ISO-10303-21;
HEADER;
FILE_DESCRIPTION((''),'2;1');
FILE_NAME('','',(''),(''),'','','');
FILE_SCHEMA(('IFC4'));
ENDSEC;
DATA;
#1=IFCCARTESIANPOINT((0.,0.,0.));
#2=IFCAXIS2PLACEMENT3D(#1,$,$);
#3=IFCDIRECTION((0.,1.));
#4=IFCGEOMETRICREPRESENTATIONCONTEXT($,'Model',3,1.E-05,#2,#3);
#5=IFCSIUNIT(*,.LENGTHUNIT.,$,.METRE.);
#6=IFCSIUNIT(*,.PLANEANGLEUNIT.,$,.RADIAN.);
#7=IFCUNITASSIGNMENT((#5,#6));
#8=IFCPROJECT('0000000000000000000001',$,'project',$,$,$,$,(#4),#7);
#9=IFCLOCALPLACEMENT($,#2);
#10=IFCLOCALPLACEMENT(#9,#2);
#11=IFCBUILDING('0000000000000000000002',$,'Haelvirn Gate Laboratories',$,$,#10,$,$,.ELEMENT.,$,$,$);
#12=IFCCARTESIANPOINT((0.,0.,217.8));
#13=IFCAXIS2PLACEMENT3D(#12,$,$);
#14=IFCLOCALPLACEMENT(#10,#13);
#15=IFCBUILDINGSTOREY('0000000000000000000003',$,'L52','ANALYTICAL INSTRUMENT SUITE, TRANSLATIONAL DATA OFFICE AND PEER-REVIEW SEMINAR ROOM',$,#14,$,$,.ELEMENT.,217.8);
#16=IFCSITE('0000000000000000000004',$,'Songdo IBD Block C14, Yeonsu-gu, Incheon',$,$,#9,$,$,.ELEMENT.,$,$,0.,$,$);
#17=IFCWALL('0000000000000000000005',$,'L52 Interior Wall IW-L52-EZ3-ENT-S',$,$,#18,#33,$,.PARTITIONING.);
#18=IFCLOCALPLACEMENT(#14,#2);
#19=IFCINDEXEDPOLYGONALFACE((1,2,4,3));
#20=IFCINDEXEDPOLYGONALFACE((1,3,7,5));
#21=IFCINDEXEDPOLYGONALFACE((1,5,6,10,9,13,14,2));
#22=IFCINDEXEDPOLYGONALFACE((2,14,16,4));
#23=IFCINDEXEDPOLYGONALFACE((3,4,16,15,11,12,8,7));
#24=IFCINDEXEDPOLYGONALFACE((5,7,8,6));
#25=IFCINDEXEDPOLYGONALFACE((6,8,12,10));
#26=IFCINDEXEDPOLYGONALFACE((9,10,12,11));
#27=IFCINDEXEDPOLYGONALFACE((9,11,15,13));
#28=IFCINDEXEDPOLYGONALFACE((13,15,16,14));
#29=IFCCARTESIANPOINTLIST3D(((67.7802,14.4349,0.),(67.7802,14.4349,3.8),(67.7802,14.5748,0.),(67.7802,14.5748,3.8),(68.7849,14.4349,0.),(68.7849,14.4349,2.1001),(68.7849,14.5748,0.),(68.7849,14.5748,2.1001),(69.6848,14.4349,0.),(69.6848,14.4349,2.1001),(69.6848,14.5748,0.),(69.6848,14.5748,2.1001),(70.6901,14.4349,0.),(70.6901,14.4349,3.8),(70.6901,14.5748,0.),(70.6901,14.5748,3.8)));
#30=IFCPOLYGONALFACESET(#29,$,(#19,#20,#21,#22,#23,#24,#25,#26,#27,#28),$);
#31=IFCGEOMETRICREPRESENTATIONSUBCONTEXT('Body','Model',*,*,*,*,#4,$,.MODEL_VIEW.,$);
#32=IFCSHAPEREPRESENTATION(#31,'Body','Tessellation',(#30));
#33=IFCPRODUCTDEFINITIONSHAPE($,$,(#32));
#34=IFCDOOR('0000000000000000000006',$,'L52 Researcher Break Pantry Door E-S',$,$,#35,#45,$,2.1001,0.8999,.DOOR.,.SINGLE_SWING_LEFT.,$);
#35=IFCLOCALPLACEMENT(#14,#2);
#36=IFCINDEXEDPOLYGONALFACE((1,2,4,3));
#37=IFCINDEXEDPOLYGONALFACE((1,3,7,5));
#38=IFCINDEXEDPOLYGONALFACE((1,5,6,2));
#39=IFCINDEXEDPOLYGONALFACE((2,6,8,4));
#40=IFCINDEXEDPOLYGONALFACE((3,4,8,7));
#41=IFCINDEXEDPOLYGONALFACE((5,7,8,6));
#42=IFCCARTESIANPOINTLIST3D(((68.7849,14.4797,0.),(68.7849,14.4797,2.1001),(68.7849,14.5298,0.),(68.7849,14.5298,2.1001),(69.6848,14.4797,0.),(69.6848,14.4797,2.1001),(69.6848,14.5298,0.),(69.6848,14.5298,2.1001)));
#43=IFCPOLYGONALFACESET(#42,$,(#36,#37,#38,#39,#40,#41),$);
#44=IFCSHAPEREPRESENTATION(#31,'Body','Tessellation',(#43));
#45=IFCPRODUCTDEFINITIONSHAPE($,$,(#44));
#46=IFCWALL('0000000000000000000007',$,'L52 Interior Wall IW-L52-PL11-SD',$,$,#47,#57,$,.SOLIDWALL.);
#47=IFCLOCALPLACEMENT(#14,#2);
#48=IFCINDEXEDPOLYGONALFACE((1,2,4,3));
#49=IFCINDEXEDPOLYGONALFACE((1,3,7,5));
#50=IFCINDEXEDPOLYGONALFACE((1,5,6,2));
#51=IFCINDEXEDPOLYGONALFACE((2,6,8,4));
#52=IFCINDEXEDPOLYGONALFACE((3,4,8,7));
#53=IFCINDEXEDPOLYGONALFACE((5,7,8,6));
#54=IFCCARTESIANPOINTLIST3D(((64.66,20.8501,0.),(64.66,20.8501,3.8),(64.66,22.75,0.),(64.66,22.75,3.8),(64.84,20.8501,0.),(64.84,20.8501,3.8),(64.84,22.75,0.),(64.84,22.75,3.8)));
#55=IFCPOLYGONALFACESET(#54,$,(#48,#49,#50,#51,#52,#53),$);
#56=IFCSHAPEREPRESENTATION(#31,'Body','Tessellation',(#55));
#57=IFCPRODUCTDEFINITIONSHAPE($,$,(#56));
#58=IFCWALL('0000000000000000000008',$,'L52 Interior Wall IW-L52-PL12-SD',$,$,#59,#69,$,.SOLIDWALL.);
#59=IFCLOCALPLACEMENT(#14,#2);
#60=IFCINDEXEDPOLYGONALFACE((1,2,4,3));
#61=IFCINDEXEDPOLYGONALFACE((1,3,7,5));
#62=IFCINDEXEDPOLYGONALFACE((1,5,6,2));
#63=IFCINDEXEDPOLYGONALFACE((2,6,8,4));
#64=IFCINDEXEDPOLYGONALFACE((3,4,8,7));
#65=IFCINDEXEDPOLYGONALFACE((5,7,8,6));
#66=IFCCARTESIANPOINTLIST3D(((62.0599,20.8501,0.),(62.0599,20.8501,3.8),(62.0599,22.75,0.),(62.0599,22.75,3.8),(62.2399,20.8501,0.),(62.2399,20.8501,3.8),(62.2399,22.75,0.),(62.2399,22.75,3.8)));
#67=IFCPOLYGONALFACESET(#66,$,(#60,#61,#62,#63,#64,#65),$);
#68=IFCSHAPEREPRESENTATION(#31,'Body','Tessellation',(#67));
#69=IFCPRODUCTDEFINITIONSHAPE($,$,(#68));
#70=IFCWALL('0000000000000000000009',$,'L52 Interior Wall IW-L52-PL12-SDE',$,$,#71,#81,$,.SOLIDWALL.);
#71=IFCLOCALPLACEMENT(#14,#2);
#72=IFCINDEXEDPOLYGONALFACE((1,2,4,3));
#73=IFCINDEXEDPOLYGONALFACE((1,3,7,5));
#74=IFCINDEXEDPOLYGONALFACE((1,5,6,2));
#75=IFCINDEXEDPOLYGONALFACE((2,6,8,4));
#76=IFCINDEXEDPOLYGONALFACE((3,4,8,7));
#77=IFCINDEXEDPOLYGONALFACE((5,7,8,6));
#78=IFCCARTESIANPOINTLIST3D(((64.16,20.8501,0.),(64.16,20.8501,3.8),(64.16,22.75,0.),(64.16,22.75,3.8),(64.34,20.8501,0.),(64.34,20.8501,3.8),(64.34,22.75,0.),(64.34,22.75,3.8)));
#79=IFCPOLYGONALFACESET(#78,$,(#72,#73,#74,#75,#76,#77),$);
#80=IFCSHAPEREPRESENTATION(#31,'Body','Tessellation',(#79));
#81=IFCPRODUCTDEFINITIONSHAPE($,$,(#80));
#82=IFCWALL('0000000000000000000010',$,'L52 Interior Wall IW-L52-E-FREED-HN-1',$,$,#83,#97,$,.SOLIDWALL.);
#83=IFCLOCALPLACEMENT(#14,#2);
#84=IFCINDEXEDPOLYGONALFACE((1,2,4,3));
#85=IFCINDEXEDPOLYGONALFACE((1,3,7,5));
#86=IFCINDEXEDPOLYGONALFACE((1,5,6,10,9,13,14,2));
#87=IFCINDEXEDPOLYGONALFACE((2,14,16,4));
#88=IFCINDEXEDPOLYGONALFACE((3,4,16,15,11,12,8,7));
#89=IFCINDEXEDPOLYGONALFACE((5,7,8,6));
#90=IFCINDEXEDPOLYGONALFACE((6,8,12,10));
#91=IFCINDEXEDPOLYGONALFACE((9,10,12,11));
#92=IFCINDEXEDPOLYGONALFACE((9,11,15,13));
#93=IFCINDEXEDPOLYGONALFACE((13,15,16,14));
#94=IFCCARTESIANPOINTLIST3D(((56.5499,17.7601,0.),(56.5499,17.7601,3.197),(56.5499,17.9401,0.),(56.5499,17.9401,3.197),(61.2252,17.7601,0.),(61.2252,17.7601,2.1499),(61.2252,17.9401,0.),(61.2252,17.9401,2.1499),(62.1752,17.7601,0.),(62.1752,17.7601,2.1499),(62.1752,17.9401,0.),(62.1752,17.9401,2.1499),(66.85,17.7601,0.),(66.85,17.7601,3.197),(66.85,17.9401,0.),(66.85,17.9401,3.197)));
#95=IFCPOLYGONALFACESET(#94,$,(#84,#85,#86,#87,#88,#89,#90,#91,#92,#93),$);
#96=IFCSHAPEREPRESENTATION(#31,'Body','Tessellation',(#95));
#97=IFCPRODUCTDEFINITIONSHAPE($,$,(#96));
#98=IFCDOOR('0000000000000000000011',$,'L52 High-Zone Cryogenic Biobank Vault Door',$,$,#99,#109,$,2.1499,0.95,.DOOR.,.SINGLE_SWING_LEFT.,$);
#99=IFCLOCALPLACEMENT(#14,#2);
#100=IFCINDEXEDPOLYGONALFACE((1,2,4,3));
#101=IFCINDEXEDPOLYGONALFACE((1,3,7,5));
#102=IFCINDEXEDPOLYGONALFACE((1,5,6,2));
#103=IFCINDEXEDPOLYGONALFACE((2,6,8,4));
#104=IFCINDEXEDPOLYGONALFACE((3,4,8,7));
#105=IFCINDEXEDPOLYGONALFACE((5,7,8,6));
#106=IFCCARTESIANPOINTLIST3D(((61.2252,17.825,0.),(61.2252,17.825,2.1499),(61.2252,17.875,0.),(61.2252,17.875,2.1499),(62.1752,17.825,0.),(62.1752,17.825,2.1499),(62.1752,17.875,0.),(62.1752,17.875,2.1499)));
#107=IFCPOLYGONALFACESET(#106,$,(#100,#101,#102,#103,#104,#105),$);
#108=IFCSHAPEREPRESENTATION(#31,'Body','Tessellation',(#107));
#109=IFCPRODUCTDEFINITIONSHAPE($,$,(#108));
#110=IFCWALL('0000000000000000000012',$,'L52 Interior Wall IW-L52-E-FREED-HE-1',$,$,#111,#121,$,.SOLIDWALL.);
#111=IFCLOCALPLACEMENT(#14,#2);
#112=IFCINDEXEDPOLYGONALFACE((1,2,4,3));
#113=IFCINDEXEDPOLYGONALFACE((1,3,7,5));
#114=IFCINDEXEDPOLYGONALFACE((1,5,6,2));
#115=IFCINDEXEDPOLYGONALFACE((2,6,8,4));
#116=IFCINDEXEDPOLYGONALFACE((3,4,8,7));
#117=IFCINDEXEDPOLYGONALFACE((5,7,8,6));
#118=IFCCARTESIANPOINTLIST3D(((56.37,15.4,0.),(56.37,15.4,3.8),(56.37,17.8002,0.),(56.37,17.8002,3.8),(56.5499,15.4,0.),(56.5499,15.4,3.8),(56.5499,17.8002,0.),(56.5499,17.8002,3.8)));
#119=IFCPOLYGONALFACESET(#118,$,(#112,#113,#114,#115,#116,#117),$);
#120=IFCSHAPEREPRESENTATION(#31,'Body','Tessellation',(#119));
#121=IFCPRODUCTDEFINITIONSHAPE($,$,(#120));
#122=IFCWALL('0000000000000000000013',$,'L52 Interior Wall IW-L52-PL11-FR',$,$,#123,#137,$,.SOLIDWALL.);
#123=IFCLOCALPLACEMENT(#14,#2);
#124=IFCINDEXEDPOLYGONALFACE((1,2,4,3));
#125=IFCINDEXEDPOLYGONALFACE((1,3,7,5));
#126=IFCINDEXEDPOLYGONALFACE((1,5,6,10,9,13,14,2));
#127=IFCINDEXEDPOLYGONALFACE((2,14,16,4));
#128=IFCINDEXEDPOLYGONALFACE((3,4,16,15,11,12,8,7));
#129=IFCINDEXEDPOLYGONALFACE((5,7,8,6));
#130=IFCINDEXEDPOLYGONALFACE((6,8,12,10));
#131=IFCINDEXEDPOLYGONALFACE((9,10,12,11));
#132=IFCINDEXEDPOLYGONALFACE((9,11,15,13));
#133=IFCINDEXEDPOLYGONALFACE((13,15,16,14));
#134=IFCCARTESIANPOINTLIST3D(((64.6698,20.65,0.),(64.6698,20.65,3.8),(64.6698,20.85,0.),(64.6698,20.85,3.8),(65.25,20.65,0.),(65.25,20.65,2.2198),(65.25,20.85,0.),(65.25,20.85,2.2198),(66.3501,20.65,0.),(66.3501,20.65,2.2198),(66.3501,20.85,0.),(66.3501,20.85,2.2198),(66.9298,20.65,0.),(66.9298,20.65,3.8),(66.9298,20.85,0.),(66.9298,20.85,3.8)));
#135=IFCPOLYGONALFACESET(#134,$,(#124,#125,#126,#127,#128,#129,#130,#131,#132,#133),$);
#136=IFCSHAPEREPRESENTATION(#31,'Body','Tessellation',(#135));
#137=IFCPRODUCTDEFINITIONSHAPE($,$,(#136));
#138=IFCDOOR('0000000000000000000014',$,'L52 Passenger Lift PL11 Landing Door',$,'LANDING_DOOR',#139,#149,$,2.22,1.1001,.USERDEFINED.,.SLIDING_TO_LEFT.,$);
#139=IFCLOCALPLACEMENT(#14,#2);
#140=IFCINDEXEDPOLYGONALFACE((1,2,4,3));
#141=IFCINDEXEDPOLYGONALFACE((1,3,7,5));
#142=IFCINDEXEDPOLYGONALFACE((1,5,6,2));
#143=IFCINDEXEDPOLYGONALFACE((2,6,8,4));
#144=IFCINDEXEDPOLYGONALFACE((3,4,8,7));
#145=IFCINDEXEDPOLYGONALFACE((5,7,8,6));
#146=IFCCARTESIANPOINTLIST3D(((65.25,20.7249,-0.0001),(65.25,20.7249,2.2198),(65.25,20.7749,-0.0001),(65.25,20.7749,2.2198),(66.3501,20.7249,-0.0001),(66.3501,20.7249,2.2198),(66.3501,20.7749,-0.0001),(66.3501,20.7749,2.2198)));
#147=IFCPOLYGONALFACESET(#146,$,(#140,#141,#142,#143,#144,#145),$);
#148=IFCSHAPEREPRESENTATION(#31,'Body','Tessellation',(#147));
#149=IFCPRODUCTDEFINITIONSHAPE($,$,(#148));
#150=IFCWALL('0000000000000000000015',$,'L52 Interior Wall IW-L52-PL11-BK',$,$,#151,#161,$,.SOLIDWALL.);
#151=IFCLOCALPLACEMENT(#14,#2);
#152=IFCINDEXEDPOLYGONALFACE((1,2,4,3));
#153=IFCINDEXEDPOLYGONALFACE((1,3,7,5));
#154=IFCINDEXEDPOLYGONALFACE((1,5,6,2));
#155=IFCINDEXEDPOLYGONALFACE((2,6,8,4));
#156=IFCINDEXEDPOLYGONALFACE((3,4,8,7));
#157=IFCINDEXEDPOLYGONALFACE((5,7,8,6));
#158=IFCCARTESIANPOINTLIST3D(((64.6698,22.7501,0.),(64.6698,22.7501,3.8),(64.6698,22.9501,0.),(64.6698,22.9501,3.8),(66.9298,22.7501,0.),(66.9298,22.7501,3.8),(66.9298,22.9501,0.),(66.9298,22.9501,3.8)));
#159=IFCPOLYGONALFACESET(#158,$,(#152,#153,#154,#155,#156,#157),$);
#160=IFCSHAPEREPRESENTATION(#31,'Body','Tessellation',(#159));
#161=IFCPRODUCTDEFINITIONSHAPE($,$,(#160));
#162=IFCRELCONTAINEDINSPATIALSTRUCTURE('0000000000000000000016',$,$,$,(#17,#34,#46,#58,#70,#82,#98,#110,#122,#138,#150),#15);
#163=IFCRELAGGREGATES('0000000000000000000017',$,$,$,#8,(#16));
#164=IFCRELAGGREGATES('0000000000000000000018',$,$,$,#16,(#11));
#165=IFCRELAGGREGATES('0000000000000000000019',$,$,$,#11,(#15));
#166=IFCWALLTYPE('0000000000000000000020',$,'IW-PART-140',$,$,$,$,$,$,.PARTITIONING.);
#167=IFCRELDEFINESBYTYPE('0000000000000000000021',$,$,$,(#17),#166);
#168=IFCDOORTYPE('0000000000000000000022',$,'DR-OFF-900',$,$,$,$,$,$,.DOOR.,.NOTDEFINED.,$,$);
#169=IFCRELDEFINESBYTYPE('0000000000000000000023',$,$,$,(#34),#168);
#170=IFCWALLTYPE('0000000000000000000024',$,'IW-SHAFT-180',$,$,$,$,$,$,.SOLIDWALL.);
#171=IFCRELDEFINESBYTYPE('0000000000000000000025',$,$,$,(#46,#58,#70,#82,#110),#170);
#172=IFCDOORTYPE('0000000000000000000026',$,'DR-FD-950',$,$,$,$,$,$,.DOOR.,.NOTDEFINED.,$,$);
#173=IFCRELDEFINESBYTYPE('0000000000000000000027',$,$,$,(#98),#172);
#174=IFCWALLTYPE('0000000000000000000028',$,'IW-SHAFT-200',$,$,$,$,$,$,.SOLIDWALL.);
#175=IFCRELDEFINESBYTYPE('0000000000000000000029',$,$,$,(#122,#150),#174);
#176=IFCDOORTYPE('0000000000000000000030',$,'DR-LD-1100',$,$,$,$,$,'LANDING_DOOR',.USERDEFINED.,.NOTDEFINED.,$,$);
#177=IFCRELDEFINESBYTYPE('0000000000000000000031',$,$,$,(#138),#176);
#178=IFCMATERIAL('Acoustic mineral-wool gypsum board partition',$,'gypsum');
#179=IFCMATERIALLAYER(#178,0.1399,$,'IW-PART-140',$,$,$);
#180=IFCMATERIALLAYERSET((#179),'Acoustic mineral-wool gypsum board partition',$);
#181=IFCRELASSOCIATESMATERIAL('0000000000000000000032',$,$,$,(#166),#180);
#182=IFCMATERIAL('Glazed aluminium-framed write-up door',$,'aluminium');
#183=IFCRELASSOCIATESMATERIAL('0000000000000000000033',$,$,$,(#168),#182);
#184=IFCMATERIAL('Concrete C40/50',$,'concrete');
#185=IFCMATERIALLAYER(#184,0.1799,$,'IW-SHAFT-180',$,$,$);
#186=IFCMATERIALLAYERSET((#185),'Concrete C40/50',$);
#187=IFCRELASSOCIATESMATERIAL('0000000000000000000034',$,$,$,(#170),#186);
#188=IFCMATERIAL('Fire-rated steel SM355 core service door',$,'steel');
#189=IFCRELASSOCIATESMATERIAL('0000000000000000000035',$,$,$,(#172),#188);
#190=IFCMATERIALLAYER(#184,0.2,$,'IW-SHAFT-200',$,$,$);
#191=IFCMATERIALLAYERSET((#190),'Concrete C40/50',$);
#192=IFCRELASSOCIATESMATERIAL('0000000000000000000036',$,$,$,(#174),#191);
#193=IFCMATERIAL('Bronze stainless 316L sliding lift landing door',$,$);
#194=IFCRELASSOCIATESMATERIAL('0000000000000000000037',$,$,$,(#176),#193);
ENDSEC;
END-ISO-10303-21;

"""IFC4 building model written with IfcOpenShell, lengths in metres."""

from ifc_helpers import new_model, si_unit, direction, frame, frame_2d, origin, place, context, subcontext, project, spatial, rectangle, extrude, source, transform, mapped, material, layer, layer_set, type_object, type_shapes, element, fill, save


model = new_model("IFC4")

# Units and contexts
model_context = context("Model", 3, precision=1e-05, world=origin(), true_north=direction((0.0, 1.0)))
body_context = subcontext(model_context, "Body", "Model", "MODEL_VIEW")
ifc_project = project(units=[si_unit("LENGTHUNIT", "METRE"), si_unit("PLANEANGLEUNIT", "RADIAN")], contexts=[model_context])

# Site, building, storey
site_placement = place(None, origin())
site = spatial("IfcSite", under=ifc_project, at=site_placement, Name="Songdo IBD Block C14, Yeonsu-gu, Incheon", CompositionType="ELEMENT", RefElevation=0.0)
building_placement = place(site_placement, origin())
building = spatial("IfcBuilding", under=site, at=building_placement, Name="Haelvirn Gate Laboratories", CompositionType="ELEMENT")
storey_placement = place(building_placement, frame((0.0, 0.0, 217.8)))
storey = spatial("IfcBuildingStorey", under=building, at=storey_placement, Name="L52", Description="ANALYTICAL INSTRUMENT SUITE, TRANSLATIONAL DATA OFFICE AND PEER-REVIEW SEMINAR ROOM", CompositionType="ELEMENT", Elevation=217.8)

# Shared definitions
ifc_material_1 = material(Name="Acoustic mineral-wool gypsum board partition", Category="gypsum")
ifc_layer_1 = layer(ifc_material_1, 0.1399, Name="IW-PART-140")
ifc_layer_set_1 = layer_set([ifc_layer_1], Name="Acoustic mineral-wool gypsum board partition")
wall_type_1 = type_object("IfcWallType", Name="IW-PART-140", PredefinedType="PARTITIONING", material=ifc_layer_set_1)

# Wall, opening, door
wall_1_placement = place(storey_placement, frame((67.78, 14.5049, 0.0), z_axis=(0.0, 0.0, 1.0), x_axis=(1.0, 0.0, 0.0)))
wall_1 = element("IfcWall", 1, at=wall_1_placement, inside=storey, type_object=wall_type_1, Name="L52 Interior Wall IW-L52-EZ3-ENT-S", PredefinedType="PARTITIONING", context=body_context, shape_type="SweptSolid", body=[
    extrude(rectangle(XDim=2.9099, YDim=0.1399, at=frame_2d((1.4551, 0.0))), origin(), (0.0, 0.0, 1.0), 3.8),
])
opening_1_placement = place(wall_1_placement, frame((1.0049, 0.0, 0.0)))
opening_1 = element("IfcOpeningElement", 2, at=opening_1_placement, cuts=wall_1, PredefinedType="OPENING", context=body_context, shape_type="SweptSolid", body=[
    extrude(rectangle(XDim=0.8999, YDim=2.1001, at=frame_2d((0.45, 1.05))), frame((0.0, 0.0801, 0.0), z_axis=(0.0, -1.0, 0.0), x_axis=(1.0, 0.0, 0.0)), (0.0, 0.0, 1.0), 0.1599),
])
ifc_material_2 = material(Name="Glazed aluminium-framed write-up door", Category="aluminium")
door_type_1 = type_object("IfcDoorType", Name="DR-OFF-900", OperationType="NOTDEFINED", PredefinedType="DOOR", material=ifc_material_2)
shared_shape_1 = source(origin(), body_context, "Body", "SweptSolid", [
    extrude(rectangle(XDim=0.8999, YDim=2.1001, at=frame_2d((0.45, 1.05))), frame((0.0, 0.0249, 0.0), z_axis=(0.0, -1.0, 0.0), x_axis=(1.0, 0.0, 0.0)), (0.0, 0.0, 1.0), 0.05),
])
type_shapes(door_type_1, [shared_shape_1])
door_1_placement = place(opening_1_placement, origin())
door_1 = element("IfcDoor", 3, at=door_1_placement, inside=storey, type_object=door_type_1, Name="L52 Researcher Break Pantry Door E-S", OperationType="SINGLE_SWING_LEFT", OverallHeight=2.1001, OverallWidth=0.8999, PredefinedType="DOOR", context=body_context, shape_type="MappedRepresentation", body=[
    mapped(shared_shape_1, transform((0.0, 0.0, 0.0), scale=1.0)),
])
fill(opening_1, door_1)

# Walls
ifc_material_3 = material(Name="Concrete C40/50", Category="concrete")
ifc_layer_2 = layer(ifc_material_3, 0.1799, Name="IW-SHAFT-180")
ifc_layer_set_2 = layer_set([ifc_layer_2], Name="Concrete C40/50")
wall_type_2 = type_object("IfcWallType", Name="IW-SHAFT-180", PredefinedType="SOLIDWALL", material=ifc_layer_set_2)
for number, where, z_axis, x_axis, name in (
    (4, (64.75, 20.8501, 0.0), (0.0, 0.0, 1.0), (0.0, 1.0, 0.0), "L52 Interior Wall IW-L52-PL11-SD"),
    (5, (62.1499, 20.8501, 0.0), (0.0, 0.0, 1.0), (0.0, 1.0, 0.0), "L52 Interior Wall IW-L52-PL12-SD"),
    (6, (64.25, 20.8501, 0.0), (0.0, 0.0, 1.0), (0.0, 1.0, 0.0), "L52 Interior Wall IW-L52-PL12-SDE"),
):
    element("IfcWall", number, at=place(storey_placement, frame(where, z_axis=z_axis, x_axis=x_axis)), inside=storey, type_object=wall_type_2, Name=name, PredefinedType="SOLIDWALL", context=body_context, shape_type="SweptSolid", body=[
        extrude(rectangle(XDim=1.8999, YDim=0.1799, at=frame_2d((0.95, 0.0))), origin(), (0.0, 0.0, 1.0), 3.8),
    ])

# Wall, opening, door
wall_2_placement = place(storey_placement, frame((56.55, 17.8501, 0.0), z_axis=(0.0, 0.0, 1.0), x_axis=(1.0, 0.0, 0.0)))
wall_2 = element("IfcWall", 7, at=wall_2_placement, inside=storey, type_object=wall_type_2, Name="L52 Interior Wall IW-L52-E-FREED-HN-1", PredefinedType="SOLIDWALL", context=body_context, shape_type="SweptSolid", body=[
    extrude(rectangle(XDim=10.3, YDim=0.1799, at=frame_2d((5.1499, 0.0))), origin(), (0.0, 0.0, 1.0), 3.197),
])
opening_2_placement = place(wall_2_placement, frame((4.675, 0.0, 0.0)))
opening_2 = element("IfcOpeningElement", 8, at=opening_2_placement, cuts=wall_2, PredefinedType="OPENING", context=body_context, shape_type="SweptSolid", body=[
    extrude(rectangle(XDim=0.95, YDim=2.1499, at=frame_2d((0.4751, 1.075))), frame((0.0, 0.1001, 0.0), z_axis=(0.0, -1.0, 0.0), x_axis=(1.0, 0.0, 0.0)), (0.0, 0.0, 1.0), 0.2),
])
ifc_material_4 = material(Name="Fire-rated steel SM355 core service door", Category="steel")
door_type_2 = type_object("IfcDoorType", Name="DR-FD-950", OperationType="NOTDEFINED", PredefinedType="DOOR", material=ifc_material_4)
shared_shape_2 = source(origin(), body_context, "Body", "SweptSolid", [
    extrude(rectangle(XDim=0.95, YDim=2.1499, at=frame_2d((0.4751, 1.075))), frame((0.0, 0.0249, 0.0), z_axis=(0.0, -1.0, 0.0), x_axis=(1.0, 0.0, 0.0)), (0.0, 0.0, 1.0), 0.05),
])
type_shapes(door_type_2, [shared_shape_2])
door_2_placement = place(opening_2_placement, origin())
door_2 = element("IfcDoor", 9, at=door_2_placement, inside=storey, type_object=door_type_2, Name="L52 High-Zone Cryogenic Biobank Vault Door", OperationType="SINGLE_SWING_LEFT", OverallHeight=2.1499, OverallWidth=0.95, PredefinedType="DOOR", context=body_context, shape_type="MappedRepresentation", body=[
    mapped(shared_shape_2, transform((0.0, 0.0, 0.0), scale=1.0)),
])
fill(opening_2, door_2)

# Wall
wall_3_placement = place(storey_placement, frame((56.46, 15.3999, 0.0), z_axis=(0.0, 0.0, 1.0), x_axis=(0.0, 1.0, 0.0)))
element("IfcWall", 10, at=wall_3_placement, inside=storey, type_object=wall_type_2, Name="L52 Interior Wall IW-L52-E-FREED-HE-1", PredefinedType="SOLIDWALL", context=body_context, shape_type="SweptSolid", body=[
    extrude(rectangle(XDim=2.4001, YDim=0.1799, at=frame_2d((1.2002, 0.0))), origin(), (0.0, 0.0, 1.0), 3.8),
])

# Wall, opening, door
ifc_layer_3 = layer(ifc_material_3, 0.2, Name="IW-SHAFT-200")
ifc_layer_set_3 = layer_set([ifc_layer_3], Name="Concrete C40/50")
wall_type_3 = type_object("IfcWallType", Name="IW-SHAFT-200", PredefinedType="SOLIDWALL", material=ifc_layer_set_3)
wall_4_placement = place(storey_placement, frame((64.6699, 20.75, 0.0), z_axis=(0.0, 0.0, 1.0), x_axis=(1.0, 0.0, 0.0)))
wall_4 = element("IfcWall", 11, at=wall_4_placement, inside=storey, type_object=wall_type_3, Name="L52 Interior Wall IW-L52-PL11-FR", PredefinedType="SOLIDWALL", context=body_context, shape_type="SweptSolid", body=[
    extrude(rectangle(XDim=2.26, YDim=0.2, at=frame_2d((1.1299, 0.0))), origin(), (0.0, 0.0, 1.0), 3.8),
])
opening_3_placement = place(wall_4_placement, frame((0.5801, 0.0, 0.0)))
opening_3 = element("IfcOpeningElement", 12, at=opening_3_placement, cuts=wall_4, PredefinedType="OPENING", context=body_context, shape_type="SweptSolid", body=[
    extrude(rectangle(XDim=1.1001, YDim=2.22, at=frame_2d((0.55, 1.1099))), frame((0.0, 0.1099, 0.0), z_axis=(0.0, -1.0, 0.0), x_axis=(1.0, 0.0, 0.0)), (0.0, 0.0, 1.0), 0.22),
])
ifc_material_5 = material(Name="Bronze stainless 316L sliding lift landing door")
door_type_3 = type_object("IfcDoorType", Name="DR-LD-1100", ElementType="LANDING_DOOR", OperationType="NOTDEFINED", PredefinedType="USERDEFINED", material=ifc_material_5)
shared_shape_3 = source(origin(), body_context, "Body", "SweptSolid", [
    extrude(rectangle(XDim=1.1001, YDim=2.22, at=frame_2d((0.55, 1.1099))), frame((0.0, 0.0249, 0.0), z_axis=(0.0, -1.0, 0.0), x_axis=(1.0, 0.0, 0.0)), (0.0, 0.0, 1.0), 0.05),
])
type_shapes(door_type_3, [shared_shape_3])
door_3_placement = place(opening_3_placement, origin())
door_3 = element("IfcDoor", 13, at=door_3_placement, inside=storey, type_object=door_type_3, Name="L52 Passenger Lift PL11 Landing Door", ObjectType="LANDING_DOOR", OperationType="SLIDING_TO_LEFT", OverallHeight=2.22, OverallWidth=1.1001, PredefinedType="USERDEFINED", context=body_context, shape_type="MappedRepresentation", body=[
    mapped(shared_shape_3, transform((0.0, 0.0, 0.0), scale=1.0)),
])
fill(opening_3, door_3)

# Wall
wall_5_placement = place(storey_placement, frame((64.6699, 22.8501, 0.0), z_axis=(0.0, 0.0, 1.0), x_axis=(1.0, 0.0, 0.0)))
element("IfcWall", 14, at=wall_5_placement, inside=storey, type_object=wall_type_3, Name="L52 Interior Wall IW-L52-PL11-BK", PredefinedType="SOLIDWALL", context=body_context, shape_type="SweptSolid", body=[
    extrude(rectangle(XDim=2.26, YDim=0.2, at=frame_2d((1.1299, 0.0))), origin(), (0.0, 0.0, 1.0), 3.8),
])

save(model, "model.ifc")
